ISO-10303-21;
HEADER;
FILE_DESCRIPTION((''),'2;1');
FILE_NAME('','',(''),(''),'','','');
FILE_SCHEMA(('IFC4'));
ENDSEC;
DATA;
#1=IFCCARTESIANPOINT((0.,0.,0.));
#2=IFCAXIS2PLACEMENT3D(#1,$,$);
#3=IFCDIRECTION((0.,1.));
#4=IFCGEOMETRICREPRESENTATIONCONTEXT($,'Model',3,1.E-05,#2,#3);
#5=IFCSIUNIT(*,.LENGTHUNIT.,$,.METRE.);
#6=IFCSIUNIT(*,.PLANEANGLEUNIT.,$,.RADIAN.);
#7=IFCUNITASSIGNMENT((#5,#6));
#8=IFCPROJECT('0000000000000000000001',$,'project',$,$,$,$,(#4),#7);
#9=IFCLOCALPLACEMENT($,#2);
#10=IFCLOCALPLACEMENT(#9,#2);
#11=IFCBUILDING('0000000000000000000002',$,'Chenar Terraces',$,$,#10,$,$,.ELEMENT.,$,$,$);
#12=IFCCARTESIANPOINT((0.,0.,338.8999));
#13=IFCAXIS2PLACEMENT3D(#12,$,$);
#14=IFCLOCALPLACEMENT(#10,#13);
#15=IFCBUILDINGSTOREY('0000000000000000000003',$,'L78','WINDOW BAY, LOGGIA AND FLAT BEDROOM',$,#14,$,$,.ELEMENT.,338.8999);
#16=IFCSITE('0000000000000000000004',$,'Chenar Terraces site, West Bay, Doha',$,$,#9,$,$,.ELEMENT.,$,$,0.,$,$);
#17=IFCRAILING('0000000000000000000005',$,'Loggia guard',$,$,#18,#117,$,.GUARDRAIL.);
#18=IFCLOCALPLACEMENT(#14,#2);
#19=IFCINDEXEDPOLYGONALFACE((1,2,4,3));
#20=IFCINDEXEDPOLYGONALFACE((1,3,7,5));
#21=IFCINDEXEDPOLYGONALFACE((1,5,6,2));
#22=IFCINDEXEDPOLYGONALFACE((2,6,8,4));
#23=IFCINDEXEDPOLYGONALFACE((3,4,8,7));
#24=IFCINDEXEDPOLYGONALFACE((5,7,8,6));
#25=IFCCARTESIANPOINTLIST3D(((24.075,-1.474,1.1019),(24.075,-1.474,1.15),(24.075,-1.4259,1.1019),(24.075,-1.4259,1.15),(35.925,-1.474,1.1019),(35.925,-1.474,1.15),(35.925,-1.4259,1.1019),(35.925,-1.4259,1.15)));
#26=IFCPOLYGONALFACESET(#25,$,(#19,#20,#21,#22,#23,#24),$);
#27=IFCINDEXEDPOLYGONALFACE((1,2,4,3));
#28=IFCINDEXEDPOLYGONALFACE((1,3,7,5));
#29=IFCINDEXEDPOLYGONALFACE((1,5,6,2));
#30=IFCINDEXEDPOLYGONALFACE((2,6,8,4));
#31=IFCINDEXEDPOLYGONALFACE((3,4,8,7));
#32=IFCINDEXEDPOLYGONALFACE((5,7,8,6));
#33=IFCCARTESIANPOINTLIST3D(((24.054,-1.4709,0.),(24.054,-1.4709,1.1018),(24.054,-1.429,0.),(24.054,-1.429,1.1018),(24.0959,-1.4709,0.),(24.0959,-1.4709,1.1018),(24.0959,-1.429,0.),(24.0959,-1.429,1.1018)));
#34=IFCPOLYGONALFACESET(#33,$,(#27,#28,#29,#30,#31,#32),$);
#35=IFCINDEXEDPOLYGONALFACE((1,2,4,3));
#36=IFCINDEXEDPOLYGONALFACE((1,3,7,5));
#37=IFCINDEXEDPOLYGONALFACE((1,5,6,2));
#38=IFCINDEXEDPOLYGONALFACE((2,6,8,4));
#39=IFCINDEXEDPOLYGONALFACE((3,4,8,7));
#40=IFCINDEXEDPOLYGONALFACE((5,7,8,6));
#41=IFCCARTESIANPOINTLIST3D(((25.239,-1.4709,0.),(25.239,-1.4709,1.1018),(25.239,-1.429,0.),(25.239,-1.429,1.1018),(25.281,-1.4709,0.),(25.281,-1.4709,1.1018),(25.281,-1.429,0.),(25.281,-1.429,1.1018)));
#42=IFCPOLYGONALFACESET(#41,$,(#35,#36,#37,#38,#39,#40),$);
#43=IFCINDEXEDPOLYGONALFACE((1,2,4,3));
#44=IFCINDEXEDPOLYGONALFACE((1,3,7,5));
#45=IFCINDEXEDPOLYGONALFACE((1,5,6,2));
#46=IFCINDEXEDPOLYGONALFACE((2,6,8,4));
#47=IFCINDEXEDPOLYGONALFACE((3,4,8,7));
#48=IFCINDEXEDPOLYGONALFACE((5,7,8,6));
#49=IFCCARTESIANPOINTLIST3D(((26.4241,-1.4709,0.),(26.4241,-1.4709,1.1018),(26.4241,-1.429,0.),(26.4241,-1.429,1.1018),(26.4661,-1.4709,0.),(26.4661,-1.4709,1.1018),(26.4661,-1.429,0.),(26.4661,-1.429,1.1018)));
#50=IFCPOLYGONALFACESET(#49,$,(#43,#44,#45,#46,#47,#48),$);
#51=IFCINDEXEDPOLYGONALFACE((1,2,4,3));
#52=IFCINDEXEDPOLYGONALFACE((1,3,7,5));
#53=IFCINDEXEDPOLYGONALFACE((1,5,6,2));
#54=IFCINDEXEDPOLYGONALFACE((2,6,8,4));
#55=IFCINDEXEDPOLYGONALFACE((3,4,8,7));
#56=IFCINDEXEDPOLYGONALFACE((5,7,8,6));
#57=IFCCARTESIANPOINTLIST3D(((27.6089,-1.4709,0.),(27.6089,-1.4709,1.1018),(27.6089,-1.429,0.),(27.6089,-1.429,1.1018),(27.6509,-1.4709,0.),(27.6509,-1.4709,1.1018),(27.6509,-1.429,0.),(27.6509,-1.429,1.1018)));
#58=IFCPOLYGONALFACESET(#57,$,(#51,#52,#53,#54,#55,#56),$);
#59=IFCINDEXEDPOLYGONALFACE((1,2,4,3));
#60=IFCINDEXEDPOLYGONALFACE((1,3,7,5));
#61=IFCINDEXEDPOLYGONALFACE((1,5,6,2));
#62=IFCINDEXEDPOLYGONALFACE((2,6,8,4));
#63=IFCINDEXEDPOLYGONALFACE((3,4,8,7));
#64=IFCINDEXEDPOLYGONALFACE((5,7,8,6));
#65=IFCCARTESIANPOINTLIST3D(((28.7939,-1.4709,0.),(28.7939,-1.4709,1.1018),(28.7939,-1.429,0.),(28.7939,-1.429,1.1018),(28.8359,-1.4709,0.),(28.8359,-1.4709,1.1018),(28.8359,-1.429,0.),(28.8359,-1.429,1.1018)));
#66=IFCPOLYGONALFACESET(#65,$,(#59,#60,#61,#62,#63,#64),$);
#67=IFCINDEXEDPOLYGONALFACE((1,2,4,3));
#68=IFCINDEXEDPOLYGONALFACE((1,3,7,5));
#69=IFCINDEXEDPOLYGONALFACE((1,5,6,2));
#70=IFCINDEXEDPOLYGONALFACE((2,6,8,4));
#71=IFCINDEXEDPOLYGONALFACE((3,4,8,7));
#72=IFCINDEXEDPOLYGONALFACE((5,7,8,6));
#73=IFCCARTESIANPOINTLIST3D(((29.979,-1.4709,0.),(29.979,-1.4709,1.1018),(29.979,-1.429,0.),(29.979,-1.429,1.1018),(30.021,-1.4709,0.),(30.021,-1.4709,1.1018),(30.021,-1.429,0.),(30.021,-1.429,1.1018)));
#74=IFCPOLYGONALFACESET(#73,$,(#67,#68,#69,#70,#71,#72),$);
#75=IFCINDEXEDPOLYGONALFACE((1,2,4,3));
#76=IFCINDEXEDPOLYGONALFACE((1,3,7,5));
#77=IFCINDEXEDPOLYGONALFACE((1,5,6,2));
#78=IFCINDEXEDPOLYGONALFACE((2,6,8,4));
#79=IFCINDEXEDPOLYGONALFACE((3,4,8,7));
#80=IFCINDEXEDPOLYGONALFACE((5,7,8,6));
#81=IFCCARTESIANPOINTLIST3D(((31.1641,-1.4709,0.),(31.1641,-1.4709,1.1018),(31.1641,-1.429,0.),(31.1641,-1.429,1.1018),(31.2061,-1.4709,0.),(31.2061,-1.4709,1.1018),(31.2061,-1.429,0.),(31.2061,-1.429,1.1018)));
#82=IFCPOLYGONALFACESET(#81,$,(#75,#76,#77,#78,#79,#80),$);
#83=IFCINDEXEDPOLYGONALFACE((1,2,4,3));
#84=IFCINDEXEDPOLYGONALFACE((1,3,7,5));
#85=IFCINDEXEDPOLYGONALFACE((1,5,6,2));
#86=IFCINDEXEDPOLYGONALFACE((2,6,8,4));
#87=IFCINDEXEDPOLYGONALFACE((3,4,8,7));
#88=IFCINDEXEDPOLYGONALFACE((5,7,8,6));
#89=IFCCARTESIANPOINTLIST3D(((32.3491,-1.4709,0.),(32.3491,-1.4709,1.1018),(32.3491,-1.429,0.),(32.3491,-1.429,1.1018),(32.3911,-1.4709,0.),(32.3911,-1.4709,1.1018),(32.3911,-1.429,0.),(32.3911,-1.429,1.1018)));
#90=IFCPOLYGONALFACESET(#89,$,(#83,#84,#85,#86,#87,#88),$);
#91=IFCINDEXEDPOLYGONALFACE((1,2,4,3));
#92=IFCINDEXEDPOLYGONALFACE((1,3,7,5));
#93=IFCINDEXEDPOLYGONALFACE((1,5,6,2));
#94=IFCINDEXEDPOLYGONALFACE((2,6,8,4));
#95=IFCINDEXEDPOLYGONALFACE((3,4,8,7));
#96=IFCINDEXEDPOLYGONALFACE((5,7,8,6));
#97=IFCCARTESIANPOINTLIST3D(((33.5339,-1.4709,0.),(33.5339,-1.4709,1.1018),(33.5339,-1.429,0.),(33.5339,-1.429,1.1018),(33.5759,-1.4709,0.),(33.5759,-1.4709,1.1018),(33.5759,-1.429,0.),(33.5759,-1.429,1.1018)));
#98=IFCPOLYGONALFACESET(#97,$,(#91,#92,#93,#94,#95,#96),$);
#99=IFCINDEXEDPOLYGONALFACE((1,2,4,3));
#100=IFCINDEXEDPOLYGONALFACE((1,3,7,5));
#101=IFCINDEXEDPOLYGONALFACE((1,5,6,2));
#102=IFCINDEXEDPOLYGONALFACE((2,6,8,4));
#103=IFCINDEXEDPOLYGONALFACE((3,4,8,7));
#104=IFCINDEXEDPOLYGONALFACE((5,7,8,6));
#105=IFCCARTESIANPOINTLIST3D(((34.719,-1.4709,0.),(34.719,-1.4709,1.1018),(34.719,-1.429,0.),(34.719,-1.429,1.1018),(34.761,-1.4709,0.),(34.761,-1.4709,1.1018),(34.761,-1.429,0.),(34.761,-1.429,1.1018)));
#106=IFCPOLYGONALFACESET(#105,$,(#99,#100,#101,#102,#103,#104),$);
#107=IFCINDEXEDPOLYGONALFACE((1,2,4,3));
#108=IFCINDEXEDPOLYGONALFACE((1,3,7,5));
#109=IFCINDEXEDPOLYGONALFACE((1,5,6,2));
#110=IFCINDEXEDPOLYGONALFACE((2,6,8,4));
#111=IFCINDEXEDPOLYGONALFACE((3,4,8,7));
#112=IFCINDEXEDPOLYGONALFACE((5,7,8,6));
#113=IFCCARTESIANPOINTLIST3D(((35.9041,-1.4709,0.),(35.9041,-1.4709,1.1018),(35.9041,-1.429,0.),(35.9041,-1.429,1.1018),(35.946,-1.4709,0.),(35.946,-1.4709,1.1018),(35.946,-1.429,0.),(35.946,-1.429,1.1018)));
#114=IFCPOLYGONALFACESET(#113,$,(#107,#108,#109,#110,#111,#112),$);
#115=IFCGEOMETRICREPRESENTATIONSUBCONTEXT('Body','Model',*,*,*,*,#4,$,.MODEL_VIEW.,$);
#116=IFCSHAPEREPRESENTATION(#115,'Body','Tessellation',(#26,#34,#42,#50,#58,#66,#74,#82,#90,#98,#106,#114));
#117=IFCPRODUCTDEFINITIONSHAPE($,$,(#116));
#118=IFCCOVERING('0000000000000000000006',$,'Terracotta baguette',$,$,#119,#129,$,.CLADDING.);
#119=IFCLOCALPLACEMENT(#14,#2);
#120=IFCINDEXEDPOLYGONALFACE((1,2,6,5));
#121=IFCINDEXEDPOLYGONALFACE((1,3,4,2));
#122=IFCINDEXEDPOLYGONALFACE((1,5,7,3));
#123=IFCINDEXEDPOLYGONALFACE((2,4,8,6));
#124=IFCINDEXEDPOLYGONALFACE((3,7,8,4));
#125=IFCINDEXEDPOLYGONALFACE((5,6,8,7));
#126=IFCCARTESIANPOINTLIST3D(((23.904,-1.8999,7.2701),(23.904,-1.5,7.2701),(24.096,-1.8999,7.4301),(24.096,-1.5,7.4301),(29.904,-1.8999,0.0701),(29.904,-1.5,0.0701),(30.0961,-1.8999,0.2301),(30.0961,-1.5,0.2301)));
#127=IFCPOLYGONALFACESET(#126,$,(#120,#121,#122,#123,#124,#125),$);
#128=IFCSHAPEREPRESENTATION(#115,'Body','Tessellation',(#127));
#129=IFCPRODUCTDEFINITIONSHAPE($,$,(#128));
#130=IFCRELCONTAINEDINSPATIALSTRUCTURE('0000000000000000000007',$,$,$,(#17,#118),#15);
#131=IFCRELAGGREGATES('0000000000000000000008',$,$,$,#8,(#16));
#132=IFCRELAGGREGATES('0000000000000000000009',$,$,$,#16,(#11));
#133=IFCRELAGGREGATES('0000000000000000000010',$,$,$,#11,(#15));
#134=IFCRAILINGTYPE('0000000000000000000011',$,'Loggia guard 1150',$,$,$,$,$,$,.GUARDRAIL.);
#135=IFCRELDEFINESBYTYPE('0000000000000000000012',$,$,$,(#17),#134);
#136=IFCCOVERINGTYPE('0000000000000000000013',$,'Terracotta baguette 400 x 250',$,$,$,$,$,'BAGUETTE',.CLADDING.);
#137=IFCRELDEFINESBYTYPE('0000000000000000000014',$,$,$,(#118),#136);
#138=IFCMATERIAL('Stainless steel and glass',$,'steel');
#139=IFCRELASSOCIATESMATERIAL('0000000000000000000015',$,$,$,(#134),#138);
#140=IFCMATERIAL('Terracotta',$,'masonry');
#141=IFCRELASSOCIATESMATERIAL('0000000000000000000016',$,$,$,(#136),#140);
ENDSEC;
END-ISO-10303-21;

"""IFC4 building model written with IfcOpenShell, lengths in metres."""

from ifc_helpers import new_model, si_unit, direction, frame, origin, origin_2d, place, context, subcontext, project, spatial, rectangle, extrude, material, material_profile, profile_set, type_object, element, save


model = new_model("IFC4")

# Units and contexts
model_context = context("Model", 3, precision=1e-05, world=origin(), true_north=direction((0.0, 1.0)))
body_context = subcontext(model_context, "Body", "Model", "MODEL_VIEW")
ifc_project = project(units=[si_unit("LENGTHUNIT", "METRE"), si_unit("PLANEANGLEUNIT", "RADIAN")], contexts=[model_context])

# Site, building, storey
site_placement = place(None, origin())
site = spatial("IfcSite", under=ifc_project, at=site_placement, Name="Chenar Terraces site, West Bay, Doha", CompositionType="ELEMENT", RefElevation=0.0)
building_placement = place(site_placement, origin())
building = spatial("IfcBuilding", under=site, at=building_placement, Name="Chenar Terraces", CompositionType="ELEMENT")
storey_placement = place(building_placement, frame((0.0, 0.0, 338.8999)))
storey = spatial("IfcBuildingStorey", under=building, at=storey_placement, Name="L78", Description="WINDOW BAY, LOGGIA AND FLAT BEDROOM", CompositionType="ELEMENT", Elevation=338.8999)

# Railing
ifc_material_1 = material(Name="Stainless steel and glass", Category="steel")
railing_type = type_object("IfcRailingType", Name="Loggia guard 1150", PredefinedType="GUARDRAIL", material=ifc_material_1)
railing_placement = place(storey_placement, frame((24.075, -1.45, 0.0)))
element("IfcRailing", 1, at=railing_placement, inside=storey, type_object=railing_type, Name="Loggia guard", PredefinedType="GUARDRAIL", context=body_context, shape_type="SweptSolid", body=[
    extrude(rectangle(XDim=0.0481, YDim=0.0481, at=origin_2d()), frame((0.0, 0.0, 1.126), z_axis=(1.0, 0.0, 0.0), x_axis=(0.0, 1.0, 0.0)), (0.0, 0.0, 1.0), 11.8501),
    extrude(rectangle(XDim=0.042, YDim=0.042, at=origin_2d()), origin(), (0.0, 0.0, 1.0), 1.1018),
    extrude(rectangle(XDim=0.042, YDim=0.042, at=origin_2d()), frame((1.1851, 0.0, 0.0)), (0.0, 0.0, 1.0), 1.1018),
    extrude(rectangle(XDim=0.042, YDim=0.042, at=origin_2d()), frame((2.3701, 0.0, 0.0)), (0.0, 0.0, 1.0), 1.1018),
    extrude(rectangle(XDim=0.042, YDim=0.042, at=origin_2d()), frame((3.5549, 0.0, 0.0)), (0.0, 0.0, 1.0), 1.1018),
    extrude(rectangle(XDim=0.042, YDim=0.042, at=origin_2d()), frame((4.74, 0.0, 0.0)), (0.0, 0.0, 1.0), 1.1018),
    extrude(rectangle(XDim=0.042, YDim=0.042, at=origin_2d()), frame((5.925, 0.0, 0.0)), (0.0, 0.0, 1.0), 1.1018),
    extrude(rectangle(XDim=0.042, YDim=0.042, at=origin_2d()), frame((7.1101, 0.0, 0.0)), (0.0, 0.0, 1.0), 1.1018),
    extrude(rectangle(XDim=0.042, YDim=0.042, at=origin_2d()), frame((8.2952, 0.0, 0.0)), (0.0, 0.0, 1.0), 1.1018),
    extrude(rectangle(XDim=0.042, YDim=0.042, at=origin_2d()), frame((9.48, 0.0, 0.0)), (0.0, 0.0, 1.0), 1.1018),
    extrude(rectangle(XDim=0.042, YDim=0.042, at=origin_2d()), frame((10.665, 0.0, 0.0)), (0.0, 0.0, 1.0), 1.1018),
    extrude(rectangle(XDim=0.042, YDim=0.042, at=origin_2d()), frame((11.8501, 0.0, 0.0)), (0.0, 0.0, 1.0), 1.1018),
])

# Covering
ifc_material_2 = material(Name="Terracotta", Category="masonry")
ifc_material_profile = material_profile(ifc_material_2, rectangle(XDim=0.3999, YDim=0.25, at=origin_2d()), Name="Terracotta baguette 400 x 250")
ifc_profile_set = profile_set([ifc_material_profile], Name="Terracotta")
covering_type = type_object("IfcCoveringType", Name="Terracotta baguette 400 x 250", ElementType="BAGUETTE", PredefinedType="CLADDING", material=ifc_profile_set)
covering_placement = place(storey_placement, frame((24.0, -1.7, 7.3501), z_axis=(0.640187, 0.0, -0.768219), x_axis=(0.0, 1.0, 0.0)))
element("IfcCovering", 2, at=covering_placement, inside=storey, type_object=covering_type, Name="Terracotta baguette", PredefinedType="CLADDING", context=body_context, shape_type="SweptSolid", body=[
    extrude(rectangle(XDim=0.3999, YDim=0.25, at=origin_2d()), origin(), (0.0, 0.0, 1.0), 9.3723),
])

save(model, "model.ifc")
